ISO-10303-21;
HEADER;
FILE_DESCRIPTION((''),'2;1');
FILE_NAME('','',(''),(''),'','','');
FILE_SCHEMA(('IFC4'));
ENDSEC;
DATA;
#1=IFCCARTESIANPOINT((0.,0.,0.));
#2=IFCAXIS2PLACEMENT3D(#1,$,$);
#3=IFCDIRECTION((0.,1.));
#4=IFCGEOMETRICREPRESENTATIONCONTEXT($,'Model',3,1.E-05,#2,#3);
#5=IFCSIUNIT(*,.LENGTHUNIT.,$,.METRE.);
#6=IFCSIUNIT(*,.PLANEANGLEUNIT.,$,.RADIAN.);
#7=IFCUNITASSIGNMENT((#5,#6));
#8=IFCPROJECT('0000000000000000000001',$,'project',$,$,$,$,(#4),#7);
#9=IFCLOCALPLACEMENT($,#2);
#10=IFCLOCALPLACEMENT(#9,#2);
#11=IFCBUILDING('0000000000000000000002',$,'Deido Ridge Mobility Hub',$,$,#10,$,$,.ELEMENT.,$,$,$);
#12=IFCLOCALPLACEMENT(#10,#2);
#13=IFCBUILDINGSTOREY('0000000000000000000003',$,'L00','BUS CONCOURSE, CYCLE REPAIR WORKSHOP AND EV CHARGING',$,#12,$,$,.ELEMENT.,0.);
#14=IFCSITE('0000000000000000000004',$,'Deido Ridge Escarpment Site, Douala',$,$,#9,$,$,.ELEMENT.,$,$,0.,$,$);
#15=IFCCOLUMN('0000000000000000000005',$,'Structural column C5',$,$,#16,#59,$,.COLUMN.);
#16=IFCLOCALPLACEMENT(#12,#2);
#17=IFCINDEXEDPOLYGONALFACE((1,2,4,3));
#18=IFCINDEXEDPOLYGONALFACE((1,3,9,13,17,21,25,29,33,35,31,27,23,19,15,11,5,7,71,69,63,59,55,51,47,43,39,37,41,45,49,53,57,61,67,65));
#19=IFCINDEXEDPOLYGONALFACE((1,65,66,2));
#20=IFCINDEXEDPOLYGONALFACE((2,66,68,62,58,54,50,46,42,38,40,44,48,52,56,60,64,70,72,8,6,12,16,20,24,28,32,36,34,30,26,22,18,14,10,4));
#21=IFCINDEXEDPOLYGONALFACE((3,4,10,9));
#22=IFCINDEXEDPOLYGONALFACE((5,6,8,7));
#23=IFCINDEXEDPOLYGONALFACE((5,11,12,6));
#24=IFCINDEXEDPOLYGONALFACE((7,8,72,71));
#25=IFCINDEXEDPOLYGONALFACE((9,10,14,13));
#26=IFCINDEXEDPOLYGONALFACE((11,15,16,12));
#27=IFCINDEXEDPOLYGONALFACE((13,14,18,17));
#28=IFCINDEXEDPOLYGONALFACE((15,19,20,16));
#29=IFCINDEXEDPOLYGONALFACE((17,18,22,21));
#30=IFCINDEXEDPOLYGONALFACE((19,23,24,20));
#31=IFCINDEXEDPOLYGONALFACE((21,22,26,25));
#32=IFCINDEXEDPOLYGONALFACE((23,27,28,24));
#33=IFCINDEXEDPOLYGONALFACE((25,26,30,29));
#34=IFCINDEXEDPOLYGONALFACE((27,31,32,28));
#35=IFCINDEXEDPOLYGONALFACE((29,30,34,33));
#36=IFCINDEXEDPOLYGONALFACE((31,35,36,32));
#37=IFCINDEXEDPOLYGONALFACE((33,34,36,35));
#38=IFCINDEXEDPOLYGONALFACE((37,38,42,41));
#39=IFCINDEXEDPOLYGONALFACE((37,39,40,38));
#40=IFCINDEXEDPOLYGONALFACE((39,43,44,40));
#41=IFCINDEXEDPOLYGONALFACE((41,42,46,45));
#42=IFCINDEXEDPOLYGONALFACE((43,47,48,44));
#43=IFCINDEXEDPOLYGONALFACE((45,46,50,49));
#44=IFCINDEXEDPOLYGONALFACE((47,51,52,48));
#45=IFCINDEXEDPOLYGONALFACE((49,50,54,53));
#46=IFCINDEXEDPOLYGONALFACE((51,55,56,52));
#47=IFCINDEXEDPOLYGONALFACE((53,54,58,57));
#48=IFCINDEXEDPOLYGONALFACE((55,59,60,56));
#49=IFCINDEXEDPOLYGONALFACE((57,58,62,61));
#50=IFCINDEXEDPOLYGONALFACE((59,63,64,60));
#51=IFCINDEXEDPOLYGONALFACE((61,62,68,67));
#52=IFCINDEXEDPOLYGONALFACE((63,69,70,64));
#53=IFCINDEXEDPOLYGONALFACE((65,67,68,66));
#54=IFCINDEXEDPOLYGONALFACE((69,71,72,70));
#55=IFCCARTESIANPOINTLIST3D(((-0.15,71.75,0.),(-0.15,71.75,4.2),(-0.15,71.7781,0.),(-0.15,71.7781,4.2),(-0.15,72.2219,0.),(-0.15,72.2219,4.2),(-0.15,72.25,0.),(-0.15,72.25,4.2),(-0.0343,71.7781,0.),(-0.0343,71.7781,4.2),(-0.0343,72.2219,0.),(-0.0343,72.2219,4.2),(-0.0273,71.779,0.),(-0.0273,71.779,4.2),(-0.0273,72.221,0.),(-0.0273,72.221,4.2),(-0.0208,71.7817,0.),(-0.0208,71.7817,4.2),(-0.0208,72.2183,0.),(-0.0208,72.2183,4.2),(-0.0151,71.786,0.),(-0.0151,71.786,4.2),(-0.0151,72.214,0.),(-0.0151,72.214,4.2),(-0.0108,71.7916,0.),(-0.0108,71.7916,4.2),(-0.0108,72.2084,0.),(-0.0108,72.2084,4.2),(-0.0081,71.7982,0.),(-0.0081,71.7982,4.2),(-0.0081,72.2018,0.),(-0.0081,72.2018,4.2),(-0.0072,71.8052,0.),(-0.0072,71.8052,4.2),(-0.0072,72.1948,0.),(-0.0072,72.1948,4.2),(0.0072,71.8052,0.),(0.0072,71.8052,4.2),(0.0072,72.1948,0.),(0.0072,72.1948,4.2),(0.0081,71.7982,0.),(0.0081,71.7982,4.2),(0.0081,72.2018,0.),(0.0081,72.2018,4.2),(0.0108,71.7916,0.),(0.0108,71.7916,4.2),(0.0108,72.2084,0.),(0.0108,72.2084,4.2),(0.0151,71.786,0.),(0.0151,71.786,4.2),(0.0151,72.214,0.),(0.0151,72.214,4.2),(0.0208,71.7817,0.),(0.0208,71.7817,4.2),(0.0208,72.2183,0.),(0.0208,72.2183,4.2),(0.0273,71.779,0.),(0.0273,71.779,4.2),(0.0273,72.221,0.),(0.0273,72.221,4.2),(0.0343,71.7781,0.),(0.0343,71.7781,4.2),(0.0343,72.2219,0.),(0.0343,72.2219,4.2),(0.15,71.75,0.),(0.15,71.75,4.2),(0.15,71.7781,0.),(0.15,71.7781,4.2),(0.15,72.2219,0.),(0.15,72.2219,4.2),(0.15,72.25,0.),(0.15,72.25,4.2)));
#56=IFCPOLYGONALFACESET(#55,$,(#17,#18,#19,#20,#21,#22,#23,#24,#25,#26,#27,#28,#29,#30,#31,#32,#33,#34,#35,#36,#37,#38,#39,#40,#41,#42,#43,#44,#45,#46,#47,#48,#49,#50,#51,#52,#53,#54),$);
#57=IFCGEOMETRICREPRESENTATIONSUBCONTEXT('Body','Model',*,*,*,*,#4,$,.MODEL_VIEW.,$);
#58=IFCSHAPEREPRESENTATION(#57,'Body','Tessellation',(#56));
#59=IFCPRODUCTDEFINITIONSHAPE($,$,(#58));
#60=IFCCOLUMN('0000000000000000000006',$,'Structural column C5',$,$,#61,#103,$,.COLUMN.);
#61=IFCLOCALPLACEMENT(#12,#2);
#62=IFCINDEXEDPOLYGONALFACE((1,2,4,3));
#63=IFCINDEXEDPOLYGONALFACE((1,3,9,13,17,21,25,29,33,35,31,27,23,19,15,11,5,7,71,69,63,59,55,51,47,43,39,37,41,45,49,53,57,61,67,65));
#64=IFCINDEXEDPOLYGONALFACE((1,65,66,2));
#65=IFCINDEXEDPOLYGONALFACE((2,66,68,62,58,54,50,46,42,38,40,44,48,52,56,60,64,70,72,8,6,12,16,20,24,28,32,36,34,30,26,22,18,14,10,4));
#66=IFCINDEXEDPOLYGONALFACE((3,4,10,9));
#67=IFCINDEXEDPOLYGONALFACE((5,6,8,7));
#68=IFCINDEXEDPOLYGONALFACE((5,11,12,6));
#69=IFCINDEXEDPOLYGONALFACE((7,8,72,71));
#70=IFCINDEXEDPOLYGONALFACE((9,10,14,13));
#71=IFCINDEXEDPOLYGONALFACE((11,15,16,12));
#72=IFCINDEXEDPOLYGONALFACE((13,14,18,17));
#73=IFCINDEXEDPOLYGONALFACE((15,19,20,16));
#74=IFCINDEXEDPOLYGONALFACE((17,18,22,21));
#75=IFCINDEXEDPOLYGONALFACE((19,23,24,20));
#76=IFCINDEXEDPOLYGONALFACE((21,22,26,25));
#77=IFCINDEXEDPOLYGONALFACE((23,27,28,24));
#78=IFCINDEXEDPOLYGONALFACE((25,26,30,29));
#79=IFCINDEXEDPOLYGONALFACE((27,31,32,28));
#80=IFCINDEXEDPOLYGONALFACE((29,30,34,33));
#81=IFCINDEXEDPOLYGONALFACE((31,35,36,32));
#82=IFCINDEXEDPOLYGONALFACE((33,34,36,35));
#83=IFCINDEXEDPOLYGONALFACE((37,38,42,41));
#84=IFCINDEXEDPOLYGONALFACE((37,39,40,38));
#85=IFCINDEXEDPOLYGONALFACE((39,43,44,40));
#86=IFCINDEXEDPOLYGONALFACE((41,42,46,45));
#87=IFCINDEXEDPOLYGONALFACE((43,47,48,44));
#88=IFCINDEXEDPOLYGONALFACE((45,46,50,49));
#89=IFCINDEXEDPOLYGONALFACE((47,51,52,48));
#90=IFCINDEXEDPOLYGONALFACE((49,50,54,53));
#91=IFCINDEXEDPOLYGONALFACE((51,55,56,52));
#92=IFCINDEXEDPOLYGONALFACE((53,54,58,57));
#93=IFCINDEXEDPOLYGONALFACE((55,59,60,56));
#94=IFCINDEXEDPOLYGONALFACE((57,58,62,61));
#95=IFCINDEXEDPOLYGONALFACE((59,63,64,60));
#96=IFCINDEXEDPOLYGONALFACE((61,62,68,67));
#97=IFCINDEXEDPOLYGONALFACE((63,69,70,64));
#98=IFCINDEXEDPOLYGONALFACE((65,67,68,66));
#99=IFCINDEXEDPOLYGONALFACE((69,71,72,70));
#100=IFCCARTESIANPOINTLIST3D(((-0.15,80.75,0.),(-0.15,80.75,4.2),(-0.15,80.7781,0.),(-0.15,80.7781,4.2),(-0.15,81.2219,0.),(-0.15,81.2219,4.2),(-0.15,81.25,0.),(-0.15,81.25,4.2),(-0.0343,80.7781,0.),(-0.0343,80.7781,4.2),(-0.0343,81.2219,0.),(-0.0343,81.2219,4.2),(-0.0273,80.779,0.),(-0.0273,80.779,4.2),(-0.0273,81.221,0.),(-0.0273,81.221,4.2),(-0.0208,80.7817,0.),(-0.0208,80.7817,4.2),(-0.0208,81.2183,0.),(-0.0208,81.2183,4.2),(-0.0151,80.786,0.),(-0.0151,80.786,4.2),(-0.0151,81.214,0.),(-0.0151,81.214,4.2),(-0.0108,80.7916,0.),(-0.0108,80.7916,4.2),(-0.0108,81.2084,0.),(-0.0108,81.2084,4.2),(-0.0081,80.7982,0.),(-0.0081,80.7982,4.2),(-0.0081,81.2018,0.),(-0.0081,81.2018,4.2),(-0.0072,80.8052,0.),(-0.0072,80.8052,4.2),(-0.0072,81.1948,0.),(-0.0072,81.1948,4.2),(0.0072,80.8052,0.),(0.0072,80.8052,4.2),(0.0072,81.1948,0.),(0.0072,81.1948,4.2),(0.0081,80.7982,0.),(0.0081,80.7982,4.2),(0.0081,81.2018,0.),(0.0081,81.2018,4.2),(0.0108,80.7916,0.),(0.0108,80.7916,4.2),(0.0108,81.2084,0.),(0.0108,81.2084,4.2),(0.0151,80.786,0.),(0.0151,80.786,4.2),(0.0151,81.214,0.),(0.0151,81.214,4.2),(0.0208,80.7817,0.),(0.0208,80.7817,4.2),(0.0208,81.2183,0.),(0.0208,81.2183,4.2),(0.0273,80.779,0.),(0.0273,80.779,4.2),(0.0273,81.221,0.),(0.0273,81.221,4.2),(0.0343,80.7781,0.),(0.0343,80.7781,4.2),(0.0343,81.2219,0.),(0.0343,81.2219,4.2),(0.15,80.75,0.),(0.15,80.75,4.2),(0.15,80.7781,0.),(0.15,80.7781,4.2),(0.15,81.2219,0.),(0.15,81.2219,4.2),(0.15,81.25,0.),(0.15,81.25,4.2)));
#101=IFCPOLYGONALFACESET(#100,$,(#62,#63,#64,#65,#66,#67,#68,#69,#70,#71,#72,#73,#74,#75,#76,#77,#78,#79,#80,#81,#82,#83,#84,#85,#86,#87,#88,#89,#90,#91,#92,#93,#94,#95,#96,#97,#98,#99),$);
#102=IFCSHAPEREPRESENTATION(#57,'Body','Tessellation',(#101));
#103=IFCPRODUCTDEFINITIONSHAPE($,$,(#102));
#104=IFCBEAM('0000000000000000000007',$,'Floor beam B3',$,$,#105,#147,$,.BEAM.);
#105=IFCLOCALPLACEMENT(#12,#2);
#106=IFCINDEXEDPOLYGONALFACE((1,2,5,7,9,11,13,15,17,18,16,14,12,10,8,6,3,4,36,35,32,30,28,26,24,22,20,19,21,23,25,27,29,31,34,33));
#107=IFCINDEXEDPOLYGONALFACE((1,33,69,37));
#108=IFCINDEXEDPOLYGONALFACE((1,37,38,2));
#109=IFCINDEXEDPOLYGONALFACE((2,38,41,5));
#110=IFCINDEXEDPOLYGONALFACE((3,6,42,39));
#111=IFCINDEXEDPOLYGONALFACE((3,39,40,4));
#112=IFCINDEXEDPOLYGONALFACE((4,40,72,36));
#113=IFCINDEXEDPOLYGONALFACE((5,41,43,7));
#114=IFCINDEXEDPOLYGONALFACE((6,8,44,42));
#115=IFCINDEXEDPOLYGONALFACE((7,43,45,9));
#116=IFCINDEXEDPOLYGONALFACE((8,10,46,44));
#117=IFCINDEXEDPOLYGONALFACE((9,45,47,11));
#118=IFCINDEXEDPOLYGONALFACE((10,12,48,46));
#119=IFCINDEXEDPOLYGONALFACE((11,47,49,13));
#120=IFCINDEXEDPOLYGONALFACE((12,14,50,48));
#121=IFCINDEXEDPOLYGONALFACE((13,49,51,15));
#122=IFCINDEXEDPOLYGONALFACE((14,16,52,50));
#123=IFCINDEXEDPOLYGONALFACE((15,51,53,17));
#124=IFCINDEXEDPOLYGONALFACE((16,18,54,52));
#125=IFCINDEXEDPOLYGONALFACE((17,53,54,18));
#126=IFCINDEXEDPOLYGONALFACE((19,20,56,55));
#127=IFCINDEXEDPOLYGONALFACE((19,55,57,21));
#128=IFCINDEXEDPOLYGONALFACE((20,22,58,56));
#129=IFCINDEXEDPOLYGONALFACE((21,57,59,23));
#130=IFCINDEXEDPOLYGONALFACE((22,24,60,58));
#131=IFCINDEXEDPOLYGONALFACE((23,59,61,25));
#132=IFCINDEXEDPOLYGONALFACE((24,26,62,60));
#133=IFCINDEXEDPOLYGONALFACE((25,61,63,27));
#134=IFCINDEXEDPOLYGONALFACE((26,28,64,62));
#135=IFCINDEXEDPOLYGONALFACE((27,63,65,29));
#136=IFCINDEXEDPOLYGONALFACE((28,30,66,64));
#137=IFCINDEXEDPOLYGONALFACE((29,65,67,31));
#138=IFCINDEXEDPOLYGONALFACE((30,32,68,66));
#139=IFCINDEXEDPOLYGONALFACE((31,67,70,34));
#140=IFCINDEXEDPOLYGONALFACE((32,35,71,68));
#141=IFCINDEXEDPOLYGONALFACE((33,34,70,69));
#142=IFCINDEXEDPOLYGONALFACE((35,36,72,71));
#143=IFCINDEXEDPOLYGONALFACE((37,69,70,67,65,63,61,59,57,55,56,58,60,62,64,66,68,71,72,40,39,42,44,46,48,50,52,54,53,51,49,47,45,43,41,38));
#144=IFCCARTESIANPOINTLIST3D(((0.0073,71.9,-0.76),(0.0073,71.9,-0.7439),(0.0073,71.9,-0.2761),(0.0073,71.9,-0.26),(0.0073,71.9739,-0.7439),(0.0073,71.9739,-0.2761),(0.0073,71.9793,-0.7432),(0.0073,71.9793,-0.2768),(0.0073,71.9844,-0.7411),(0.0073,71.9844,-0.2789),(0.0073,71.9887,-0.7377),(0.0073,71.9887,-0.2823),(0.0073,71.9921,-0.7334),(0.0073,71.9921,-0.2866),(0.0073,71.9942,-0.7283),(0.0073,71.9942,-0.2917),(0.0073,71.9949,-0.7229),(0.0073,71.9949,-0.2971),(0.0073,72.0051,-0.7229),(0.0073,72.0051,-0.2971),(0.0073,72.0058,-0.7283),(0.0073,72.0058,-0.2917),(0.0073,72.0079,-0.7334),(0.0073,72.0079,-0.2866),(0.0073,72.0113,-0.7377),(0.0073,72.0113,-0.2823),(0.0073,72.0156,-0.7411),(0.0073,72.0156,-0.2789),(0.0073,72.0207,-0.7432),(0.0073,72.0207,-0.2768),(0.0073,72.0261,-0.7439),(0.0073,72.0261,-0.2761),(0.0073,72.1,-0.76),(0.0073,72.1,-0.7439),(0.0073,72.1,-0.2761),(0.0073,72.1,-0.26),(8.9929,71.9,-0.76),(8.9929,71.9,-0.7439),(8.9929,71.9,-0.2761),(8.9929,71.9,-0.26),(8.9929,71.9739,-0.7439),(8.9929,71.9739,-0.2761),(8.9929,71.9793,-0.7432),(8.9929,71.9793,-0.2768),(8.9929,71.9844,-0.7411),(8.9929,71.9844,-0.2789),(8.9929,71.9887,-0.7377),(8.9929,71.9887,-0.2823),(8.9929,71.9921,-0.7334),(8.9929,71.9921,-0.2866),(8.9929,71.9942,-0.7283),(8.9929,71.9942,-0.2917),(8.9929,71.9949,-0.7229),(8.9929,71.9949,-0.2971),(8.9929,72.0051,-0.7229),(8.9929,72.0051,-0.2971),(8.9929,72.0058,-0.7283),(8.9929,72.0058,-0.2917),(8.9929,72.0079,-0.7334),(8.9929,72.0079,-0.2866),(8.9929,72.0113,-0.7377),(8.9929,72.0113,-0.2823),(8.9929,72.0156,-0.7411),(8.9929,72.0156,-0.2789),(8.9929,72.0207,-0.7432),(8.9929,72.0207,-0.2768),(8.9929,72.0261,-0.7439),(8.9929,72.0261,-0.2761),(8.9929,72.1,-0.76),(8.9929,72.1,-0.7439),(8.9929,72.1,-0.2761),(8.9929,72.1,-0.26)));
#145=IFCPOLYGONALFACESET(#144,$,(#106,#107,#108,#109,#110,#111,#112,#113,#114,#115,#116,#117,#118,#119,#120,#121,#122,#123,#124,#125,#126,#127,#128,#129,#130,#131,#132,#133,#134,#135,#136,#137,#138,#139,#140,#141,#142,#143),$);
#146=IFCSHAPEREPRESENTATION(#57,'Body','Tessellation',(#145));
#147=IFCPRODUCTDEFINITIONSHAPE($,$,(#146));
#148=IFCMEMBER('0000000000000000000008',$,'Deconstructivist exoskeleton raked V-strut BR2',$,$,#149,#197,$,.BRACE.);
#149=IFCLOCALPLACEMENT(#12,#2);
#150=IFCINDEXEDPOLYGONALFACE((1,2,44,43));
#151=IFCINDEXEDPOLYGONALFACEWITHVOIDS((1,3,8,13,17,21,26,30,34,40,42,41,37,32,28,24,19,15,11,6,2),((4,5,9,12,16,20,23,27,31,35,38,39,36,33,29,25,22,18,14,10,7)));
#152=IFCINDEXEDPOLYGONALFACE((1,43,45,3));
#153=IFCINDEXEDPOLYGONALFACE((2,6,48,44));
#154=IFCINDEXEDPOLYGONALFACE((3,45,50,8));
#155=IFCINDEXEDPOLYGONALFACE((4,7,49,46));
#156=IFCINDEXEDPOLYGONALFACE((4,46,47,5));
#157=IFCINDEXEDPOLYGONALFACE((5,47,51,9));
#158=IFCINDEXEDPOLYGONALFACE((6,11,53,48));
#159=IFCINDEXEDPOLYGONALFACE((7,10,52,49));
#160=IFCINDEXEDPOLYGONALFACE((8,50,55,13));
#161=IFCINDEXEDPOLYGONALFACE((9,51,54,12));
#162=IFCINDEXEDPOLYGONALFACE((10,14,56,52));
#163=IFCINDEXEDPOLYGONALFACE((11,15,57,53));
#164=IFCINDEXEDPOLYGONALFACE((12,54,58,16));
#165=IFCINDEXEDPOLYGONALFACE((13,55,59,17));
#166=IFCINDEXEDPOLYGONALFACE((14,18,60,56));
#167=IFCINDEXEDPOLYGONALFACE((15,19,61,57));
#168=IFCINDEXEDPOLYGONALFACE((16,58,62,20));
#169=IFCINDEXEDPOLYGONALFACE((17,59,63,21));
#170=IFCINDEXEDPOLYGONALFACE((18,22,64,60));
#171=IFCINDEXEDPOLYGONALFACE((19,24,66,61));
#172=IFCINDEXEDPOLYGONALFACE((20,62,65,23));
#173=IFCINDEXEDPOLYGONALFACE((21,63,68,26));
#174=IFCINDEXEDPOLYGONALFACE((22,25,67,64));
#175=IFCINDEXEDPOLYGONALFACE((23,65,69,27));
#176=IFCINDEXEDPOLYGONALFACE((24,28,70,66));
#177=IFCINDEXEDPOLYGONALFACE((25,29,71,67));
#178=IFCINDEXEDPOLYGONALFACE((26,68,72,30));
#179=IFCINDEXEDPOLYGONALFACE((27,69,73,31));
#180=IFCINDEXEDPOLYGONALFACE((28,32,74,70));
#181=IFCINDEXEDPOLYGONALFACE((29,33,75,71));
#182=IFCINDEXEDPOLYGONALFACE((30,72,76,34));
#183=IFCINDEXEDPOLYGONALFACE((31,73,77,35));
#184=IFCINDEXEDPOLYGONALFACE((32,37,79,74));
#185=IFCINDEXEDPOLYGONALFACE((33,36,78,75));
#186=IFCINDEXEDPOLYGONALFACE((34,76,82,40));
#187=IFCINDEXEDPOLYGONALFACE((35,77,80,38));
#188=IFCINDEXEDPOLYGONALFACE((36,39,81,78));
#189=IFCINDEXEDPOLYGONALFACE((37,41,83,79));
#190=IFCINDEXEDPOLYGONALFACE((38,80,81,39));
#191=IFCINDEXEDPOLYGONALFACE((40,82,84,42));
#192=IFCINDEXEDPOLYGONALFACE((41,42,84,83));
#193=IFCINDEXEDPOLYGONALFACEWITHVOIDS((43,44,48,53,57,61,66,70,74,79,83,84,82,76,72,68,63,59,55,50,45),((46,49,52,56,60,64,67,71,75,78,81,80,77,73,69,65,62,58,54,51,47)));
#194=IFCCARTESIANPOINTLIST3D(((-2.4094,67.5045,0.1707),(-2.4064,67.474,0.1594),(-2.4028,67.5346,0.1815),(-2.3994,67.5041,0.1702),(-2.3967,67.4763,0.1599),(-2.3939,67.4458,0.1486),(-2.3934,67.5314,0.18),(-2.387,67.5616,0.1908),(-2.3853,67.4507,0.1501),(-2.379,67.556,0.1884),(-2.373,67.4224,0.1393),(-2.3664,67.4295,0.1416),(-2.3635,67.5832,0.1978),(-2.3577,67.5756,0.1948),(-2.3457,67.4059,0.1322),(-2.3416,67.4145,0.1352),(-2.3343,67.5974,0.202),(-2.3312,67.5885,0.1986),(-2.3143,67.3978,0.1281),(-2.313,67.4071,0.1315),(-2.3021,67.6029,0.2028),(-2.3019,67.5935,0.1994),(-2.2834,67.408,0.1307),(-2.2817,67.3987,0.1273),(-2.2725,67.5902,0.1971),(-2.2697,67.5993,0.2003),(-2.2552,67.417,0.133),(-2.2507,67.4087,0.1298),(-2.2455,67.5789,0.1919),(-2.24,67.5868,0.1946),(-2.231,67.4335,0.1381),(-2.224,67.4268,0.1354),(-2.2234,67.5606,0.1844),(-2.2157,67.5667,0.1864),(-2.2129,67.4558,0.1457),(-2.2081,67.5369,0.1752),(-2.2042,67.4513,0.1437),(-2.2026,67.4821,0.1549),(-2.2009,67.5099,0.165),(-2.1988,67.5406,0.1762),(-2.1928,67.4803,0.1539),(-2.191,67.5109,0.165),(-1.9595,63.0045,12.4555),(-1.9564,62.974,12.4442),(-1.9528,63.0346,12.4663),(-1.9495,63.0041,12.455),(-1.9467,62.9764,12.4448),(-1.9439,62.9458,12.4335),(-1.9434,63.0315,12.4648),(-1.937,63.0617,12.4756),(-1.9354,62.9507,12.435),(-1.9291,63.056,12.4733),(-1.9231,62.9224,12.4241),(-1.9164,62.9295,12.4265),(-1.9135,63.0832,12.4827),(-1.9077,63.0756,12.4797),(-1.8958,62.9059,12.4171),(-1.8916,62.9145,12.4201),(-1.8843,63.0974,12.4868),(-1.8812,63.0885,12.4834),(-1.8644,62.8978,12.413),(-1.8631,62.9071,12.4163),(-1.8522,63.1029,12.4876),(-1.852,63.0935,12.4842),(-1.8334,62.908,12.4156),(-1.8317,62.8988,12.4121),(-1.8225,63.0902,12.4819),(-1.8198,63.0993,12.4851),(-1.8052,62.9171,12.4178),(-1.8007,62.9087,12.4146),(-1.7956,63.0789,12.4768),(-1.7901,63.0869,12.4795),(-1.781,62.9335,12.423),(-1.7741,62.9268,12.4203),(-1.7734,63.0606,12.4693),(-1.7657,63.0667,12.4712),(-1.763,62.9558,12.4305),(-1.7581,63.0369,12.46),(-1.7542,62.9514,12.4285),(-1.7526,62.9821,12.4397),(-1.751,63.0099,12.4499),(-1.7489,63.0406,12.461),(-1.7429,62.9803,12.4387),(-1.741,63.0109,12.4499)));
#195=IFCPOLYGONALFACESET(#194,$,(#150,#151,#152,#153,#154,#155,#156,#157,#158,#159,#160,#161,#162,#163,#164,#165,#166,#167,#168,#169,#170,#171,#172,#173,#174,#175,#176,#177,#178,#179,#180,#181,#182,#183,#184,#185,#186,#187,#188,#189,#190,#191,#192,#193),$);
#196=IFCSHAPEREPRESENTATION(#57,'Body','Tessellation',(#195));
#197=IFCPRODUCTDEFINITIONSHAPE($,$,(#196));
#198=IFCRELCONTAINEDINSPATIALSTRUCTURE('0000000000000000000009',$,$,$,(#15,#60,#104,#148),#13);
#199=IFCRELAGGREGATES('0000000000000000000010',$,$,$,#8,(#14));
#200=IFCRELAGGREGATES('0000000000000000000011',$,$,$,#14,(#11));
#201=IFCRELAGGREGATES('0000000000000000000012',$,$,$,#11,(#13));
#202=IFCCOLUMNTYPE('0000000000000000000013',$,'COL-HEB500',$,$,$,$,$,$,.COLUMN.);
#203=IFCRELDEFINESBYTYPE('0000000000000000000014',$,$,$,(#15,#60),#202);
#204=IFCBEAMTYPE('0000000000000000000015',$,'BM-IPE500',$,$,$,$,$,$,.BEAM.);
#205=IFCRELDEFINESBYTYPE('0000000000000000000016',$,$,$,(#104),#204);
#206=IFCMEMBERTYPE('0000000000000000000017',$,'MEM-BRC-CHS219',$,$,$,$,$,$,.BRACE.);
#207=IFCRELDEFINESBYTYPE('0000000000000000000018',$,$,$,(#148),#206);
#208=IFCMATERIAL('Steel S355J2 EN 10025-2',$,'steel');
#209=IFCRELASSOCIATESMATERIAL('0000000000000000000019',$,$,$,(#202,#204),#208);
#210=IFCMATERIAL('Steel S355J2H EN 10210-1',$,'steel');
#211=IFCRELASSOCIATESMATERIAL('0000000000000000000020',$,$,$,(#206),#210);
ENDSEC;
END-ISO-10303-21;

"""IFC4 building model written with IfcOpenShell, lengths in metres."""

from ifc_helpers import new_model, si_unit, direction, frame, origin, origin_2d, place, context, subcontext, project, spatial, hollow_circle, i_section, extrude, material, material_profile, profile_set, type_object, element, save


model = new_model("IFC4")

# Units and contexts
model_context = context("Model", 3, precision=1e-05, world=origin(), true_north=direction((0.0, 1.0)))
body_context = subcontext(model_context, "Body", "Model", "MODEL_VIEW")
ifc_project = project(units=[si_unit("LENGTHUNIT", "METRE"), si_unit("PLANEANGLEUNIT", "RADIAN")], contexts=[model_context])

# Site, building, storey
site_placement = place(None, origin())
site = spatial("IfcSite", under=ifc_project, at=site_placement, Name="Deido Ridge Escarpment Site, Douala", CompositionType="ELEMENT", RefElevation=0.0)
building_placement = place(site_placement, origin())
building = spatial("IfcBuilding", under=site, at=building_placement, Name="Deido Ridge Mobility Hub", CompositionType="ELEMENT")
storey_placement = place(building_placement, origin())
storey = spatial("IfcBuildingStorey", under=building, at=storey_placement, Name="L00", Description="BUS CONCOURSE, CYCLE REPAIR WORKSHOP AND EV CHARGING", CompositionType="ELEMENT", Elevation=0.0)

# Columns
ifc_material_1 = material(Name="Steel S355J2 EN 10025-2", Category="steel")
ifc_material_profile_1 = material_profile(ifc_material_1, i_section(OverallWidth=0.3, OverallDepth=0.5, WebThickness=0.0144, FlangeThickness=0.0281, FilletRadius=0.0271, at=origin_2d()), Name="HEB 500")
ifc_profile_set_1 = profile_set([ifc_material_profile_1], Name="Steel S355J2 EN 10025-2")
column_type = type_object("IfcColumnType", Name="COL-HEB500", PredefinedType="COLUMN", material=ifc_profile_set_1)
for number, where, z_axis, x_axis, name in (
    (1, (0.0, 72.0, 0.0), (0.0, 0.0, 1.0), (1.0, 0.0, 0.0), "Structural column C5"),
    (2, (0.0, 81.0, 0.0), (0.0, 0.0, 1.0), (1.0, 0.0, 0.0), "Structural column C5"),
):
    element("IfcColumn", number, at=place(storey_placement, frame(where, z_axis=z_axis, x_axis=x_axis)), inside=storey, type_object=column_type, Name=name, PredefinedType="COLUMN", context=body_context, shape_type="SweptSolid", body=[
        extrude(i_section(OverallWidth=0.3, OverallDepth=0.5, WebThickness=0.0144, FlangeThickness=0.0281, FilletRadius=0.0271, at=origin_2d()), origin(), (0.0, 0.0, 1.0), 4.2),
    ])

# Beam
ifc_material_profile_2 = material_profile(ifc_material_1, i_section(OverallWidth=0.2, OverallDepth=0.5, WebThickness=0.0103, FlangeThickness=0.0161, FilletRadius=0.021, at=origin_2d()), Name="IPE 500")
ifc_profile_set_2 = profile_set([ifc_material_profile_2], Name="Steel S355J2 EN 10025-2")
beam_type_1 = type_object("IfcBeamType", Name="BM-IPE500", PredefinedType="BEAM", material=ifc_profile_set_2)
beam_1_placement = place(storey_placement, frame((0.0073, 72.0, -0.51), z_axis=(1.0, 0.0, 0.0), x_axis=(0.0, 1.0, 0.0)))
element("IfcBeam", 3, at=beam_1_placement, inside=storey, type_object=beam_type_1, Name="Floor beam B3", PredefinedType="BEAM", context=body_context, shape_type="SweptSolid", body=[
    extrude(i_section(OverallWidth=0.2, OverallDepth=0.5, WebThickness=0.0103, FlangeThickness=0.0161, FilletRadius=0.021, at=origin_2d()), origin(), (0.0, 0.0, 1.0), 8.9856),
])

# Member
ifc_material_2 = material(Name="Steel S355J2H EN 10210-1", Category="steel")
ifc_material_profile_3 = material_profile(ifc_material_2, hollow_circle(Radius=0.1096, WallThickness=0.01, at=origin_2d()), Name="CHS 219.1x10")
ifc_profile_set_3 = profile_set([ifc_material_profile_3], Name="Steel S355J2H EN 10210-1")
member_type_1 = type_object("IfcMemberType", Name="MEM-BRC-CHS219", PredefinedType="BRACE", material=ifc_profile_set_3)
for number, where, z_axis, x_axis, name in (
    (4, (-2.3, 67.5, 0.165), (0.034371, -0.34375, 0.938432), (0.995038, 0.099493, 0.0), "Deconstructivist exoskeleton raked V-strut BR2"),
):
    element("IfcMember", number, at=place(storey_placement, frame(where, z_axis=z_axis, x_axis=x_axis)), inside=storey, type_object=member_type_1, Name=name, PredefinedType="BRACE", context=body_context, shape_type="SweptSolid", body=[
        extrude(hollow_circle(Radius=0.1096, WallThickness=0.01, at=origin_2d()), origin(), (0.0, 0.0, 1.0), 13.0908),
    ])

save(model, "model.ifc")
